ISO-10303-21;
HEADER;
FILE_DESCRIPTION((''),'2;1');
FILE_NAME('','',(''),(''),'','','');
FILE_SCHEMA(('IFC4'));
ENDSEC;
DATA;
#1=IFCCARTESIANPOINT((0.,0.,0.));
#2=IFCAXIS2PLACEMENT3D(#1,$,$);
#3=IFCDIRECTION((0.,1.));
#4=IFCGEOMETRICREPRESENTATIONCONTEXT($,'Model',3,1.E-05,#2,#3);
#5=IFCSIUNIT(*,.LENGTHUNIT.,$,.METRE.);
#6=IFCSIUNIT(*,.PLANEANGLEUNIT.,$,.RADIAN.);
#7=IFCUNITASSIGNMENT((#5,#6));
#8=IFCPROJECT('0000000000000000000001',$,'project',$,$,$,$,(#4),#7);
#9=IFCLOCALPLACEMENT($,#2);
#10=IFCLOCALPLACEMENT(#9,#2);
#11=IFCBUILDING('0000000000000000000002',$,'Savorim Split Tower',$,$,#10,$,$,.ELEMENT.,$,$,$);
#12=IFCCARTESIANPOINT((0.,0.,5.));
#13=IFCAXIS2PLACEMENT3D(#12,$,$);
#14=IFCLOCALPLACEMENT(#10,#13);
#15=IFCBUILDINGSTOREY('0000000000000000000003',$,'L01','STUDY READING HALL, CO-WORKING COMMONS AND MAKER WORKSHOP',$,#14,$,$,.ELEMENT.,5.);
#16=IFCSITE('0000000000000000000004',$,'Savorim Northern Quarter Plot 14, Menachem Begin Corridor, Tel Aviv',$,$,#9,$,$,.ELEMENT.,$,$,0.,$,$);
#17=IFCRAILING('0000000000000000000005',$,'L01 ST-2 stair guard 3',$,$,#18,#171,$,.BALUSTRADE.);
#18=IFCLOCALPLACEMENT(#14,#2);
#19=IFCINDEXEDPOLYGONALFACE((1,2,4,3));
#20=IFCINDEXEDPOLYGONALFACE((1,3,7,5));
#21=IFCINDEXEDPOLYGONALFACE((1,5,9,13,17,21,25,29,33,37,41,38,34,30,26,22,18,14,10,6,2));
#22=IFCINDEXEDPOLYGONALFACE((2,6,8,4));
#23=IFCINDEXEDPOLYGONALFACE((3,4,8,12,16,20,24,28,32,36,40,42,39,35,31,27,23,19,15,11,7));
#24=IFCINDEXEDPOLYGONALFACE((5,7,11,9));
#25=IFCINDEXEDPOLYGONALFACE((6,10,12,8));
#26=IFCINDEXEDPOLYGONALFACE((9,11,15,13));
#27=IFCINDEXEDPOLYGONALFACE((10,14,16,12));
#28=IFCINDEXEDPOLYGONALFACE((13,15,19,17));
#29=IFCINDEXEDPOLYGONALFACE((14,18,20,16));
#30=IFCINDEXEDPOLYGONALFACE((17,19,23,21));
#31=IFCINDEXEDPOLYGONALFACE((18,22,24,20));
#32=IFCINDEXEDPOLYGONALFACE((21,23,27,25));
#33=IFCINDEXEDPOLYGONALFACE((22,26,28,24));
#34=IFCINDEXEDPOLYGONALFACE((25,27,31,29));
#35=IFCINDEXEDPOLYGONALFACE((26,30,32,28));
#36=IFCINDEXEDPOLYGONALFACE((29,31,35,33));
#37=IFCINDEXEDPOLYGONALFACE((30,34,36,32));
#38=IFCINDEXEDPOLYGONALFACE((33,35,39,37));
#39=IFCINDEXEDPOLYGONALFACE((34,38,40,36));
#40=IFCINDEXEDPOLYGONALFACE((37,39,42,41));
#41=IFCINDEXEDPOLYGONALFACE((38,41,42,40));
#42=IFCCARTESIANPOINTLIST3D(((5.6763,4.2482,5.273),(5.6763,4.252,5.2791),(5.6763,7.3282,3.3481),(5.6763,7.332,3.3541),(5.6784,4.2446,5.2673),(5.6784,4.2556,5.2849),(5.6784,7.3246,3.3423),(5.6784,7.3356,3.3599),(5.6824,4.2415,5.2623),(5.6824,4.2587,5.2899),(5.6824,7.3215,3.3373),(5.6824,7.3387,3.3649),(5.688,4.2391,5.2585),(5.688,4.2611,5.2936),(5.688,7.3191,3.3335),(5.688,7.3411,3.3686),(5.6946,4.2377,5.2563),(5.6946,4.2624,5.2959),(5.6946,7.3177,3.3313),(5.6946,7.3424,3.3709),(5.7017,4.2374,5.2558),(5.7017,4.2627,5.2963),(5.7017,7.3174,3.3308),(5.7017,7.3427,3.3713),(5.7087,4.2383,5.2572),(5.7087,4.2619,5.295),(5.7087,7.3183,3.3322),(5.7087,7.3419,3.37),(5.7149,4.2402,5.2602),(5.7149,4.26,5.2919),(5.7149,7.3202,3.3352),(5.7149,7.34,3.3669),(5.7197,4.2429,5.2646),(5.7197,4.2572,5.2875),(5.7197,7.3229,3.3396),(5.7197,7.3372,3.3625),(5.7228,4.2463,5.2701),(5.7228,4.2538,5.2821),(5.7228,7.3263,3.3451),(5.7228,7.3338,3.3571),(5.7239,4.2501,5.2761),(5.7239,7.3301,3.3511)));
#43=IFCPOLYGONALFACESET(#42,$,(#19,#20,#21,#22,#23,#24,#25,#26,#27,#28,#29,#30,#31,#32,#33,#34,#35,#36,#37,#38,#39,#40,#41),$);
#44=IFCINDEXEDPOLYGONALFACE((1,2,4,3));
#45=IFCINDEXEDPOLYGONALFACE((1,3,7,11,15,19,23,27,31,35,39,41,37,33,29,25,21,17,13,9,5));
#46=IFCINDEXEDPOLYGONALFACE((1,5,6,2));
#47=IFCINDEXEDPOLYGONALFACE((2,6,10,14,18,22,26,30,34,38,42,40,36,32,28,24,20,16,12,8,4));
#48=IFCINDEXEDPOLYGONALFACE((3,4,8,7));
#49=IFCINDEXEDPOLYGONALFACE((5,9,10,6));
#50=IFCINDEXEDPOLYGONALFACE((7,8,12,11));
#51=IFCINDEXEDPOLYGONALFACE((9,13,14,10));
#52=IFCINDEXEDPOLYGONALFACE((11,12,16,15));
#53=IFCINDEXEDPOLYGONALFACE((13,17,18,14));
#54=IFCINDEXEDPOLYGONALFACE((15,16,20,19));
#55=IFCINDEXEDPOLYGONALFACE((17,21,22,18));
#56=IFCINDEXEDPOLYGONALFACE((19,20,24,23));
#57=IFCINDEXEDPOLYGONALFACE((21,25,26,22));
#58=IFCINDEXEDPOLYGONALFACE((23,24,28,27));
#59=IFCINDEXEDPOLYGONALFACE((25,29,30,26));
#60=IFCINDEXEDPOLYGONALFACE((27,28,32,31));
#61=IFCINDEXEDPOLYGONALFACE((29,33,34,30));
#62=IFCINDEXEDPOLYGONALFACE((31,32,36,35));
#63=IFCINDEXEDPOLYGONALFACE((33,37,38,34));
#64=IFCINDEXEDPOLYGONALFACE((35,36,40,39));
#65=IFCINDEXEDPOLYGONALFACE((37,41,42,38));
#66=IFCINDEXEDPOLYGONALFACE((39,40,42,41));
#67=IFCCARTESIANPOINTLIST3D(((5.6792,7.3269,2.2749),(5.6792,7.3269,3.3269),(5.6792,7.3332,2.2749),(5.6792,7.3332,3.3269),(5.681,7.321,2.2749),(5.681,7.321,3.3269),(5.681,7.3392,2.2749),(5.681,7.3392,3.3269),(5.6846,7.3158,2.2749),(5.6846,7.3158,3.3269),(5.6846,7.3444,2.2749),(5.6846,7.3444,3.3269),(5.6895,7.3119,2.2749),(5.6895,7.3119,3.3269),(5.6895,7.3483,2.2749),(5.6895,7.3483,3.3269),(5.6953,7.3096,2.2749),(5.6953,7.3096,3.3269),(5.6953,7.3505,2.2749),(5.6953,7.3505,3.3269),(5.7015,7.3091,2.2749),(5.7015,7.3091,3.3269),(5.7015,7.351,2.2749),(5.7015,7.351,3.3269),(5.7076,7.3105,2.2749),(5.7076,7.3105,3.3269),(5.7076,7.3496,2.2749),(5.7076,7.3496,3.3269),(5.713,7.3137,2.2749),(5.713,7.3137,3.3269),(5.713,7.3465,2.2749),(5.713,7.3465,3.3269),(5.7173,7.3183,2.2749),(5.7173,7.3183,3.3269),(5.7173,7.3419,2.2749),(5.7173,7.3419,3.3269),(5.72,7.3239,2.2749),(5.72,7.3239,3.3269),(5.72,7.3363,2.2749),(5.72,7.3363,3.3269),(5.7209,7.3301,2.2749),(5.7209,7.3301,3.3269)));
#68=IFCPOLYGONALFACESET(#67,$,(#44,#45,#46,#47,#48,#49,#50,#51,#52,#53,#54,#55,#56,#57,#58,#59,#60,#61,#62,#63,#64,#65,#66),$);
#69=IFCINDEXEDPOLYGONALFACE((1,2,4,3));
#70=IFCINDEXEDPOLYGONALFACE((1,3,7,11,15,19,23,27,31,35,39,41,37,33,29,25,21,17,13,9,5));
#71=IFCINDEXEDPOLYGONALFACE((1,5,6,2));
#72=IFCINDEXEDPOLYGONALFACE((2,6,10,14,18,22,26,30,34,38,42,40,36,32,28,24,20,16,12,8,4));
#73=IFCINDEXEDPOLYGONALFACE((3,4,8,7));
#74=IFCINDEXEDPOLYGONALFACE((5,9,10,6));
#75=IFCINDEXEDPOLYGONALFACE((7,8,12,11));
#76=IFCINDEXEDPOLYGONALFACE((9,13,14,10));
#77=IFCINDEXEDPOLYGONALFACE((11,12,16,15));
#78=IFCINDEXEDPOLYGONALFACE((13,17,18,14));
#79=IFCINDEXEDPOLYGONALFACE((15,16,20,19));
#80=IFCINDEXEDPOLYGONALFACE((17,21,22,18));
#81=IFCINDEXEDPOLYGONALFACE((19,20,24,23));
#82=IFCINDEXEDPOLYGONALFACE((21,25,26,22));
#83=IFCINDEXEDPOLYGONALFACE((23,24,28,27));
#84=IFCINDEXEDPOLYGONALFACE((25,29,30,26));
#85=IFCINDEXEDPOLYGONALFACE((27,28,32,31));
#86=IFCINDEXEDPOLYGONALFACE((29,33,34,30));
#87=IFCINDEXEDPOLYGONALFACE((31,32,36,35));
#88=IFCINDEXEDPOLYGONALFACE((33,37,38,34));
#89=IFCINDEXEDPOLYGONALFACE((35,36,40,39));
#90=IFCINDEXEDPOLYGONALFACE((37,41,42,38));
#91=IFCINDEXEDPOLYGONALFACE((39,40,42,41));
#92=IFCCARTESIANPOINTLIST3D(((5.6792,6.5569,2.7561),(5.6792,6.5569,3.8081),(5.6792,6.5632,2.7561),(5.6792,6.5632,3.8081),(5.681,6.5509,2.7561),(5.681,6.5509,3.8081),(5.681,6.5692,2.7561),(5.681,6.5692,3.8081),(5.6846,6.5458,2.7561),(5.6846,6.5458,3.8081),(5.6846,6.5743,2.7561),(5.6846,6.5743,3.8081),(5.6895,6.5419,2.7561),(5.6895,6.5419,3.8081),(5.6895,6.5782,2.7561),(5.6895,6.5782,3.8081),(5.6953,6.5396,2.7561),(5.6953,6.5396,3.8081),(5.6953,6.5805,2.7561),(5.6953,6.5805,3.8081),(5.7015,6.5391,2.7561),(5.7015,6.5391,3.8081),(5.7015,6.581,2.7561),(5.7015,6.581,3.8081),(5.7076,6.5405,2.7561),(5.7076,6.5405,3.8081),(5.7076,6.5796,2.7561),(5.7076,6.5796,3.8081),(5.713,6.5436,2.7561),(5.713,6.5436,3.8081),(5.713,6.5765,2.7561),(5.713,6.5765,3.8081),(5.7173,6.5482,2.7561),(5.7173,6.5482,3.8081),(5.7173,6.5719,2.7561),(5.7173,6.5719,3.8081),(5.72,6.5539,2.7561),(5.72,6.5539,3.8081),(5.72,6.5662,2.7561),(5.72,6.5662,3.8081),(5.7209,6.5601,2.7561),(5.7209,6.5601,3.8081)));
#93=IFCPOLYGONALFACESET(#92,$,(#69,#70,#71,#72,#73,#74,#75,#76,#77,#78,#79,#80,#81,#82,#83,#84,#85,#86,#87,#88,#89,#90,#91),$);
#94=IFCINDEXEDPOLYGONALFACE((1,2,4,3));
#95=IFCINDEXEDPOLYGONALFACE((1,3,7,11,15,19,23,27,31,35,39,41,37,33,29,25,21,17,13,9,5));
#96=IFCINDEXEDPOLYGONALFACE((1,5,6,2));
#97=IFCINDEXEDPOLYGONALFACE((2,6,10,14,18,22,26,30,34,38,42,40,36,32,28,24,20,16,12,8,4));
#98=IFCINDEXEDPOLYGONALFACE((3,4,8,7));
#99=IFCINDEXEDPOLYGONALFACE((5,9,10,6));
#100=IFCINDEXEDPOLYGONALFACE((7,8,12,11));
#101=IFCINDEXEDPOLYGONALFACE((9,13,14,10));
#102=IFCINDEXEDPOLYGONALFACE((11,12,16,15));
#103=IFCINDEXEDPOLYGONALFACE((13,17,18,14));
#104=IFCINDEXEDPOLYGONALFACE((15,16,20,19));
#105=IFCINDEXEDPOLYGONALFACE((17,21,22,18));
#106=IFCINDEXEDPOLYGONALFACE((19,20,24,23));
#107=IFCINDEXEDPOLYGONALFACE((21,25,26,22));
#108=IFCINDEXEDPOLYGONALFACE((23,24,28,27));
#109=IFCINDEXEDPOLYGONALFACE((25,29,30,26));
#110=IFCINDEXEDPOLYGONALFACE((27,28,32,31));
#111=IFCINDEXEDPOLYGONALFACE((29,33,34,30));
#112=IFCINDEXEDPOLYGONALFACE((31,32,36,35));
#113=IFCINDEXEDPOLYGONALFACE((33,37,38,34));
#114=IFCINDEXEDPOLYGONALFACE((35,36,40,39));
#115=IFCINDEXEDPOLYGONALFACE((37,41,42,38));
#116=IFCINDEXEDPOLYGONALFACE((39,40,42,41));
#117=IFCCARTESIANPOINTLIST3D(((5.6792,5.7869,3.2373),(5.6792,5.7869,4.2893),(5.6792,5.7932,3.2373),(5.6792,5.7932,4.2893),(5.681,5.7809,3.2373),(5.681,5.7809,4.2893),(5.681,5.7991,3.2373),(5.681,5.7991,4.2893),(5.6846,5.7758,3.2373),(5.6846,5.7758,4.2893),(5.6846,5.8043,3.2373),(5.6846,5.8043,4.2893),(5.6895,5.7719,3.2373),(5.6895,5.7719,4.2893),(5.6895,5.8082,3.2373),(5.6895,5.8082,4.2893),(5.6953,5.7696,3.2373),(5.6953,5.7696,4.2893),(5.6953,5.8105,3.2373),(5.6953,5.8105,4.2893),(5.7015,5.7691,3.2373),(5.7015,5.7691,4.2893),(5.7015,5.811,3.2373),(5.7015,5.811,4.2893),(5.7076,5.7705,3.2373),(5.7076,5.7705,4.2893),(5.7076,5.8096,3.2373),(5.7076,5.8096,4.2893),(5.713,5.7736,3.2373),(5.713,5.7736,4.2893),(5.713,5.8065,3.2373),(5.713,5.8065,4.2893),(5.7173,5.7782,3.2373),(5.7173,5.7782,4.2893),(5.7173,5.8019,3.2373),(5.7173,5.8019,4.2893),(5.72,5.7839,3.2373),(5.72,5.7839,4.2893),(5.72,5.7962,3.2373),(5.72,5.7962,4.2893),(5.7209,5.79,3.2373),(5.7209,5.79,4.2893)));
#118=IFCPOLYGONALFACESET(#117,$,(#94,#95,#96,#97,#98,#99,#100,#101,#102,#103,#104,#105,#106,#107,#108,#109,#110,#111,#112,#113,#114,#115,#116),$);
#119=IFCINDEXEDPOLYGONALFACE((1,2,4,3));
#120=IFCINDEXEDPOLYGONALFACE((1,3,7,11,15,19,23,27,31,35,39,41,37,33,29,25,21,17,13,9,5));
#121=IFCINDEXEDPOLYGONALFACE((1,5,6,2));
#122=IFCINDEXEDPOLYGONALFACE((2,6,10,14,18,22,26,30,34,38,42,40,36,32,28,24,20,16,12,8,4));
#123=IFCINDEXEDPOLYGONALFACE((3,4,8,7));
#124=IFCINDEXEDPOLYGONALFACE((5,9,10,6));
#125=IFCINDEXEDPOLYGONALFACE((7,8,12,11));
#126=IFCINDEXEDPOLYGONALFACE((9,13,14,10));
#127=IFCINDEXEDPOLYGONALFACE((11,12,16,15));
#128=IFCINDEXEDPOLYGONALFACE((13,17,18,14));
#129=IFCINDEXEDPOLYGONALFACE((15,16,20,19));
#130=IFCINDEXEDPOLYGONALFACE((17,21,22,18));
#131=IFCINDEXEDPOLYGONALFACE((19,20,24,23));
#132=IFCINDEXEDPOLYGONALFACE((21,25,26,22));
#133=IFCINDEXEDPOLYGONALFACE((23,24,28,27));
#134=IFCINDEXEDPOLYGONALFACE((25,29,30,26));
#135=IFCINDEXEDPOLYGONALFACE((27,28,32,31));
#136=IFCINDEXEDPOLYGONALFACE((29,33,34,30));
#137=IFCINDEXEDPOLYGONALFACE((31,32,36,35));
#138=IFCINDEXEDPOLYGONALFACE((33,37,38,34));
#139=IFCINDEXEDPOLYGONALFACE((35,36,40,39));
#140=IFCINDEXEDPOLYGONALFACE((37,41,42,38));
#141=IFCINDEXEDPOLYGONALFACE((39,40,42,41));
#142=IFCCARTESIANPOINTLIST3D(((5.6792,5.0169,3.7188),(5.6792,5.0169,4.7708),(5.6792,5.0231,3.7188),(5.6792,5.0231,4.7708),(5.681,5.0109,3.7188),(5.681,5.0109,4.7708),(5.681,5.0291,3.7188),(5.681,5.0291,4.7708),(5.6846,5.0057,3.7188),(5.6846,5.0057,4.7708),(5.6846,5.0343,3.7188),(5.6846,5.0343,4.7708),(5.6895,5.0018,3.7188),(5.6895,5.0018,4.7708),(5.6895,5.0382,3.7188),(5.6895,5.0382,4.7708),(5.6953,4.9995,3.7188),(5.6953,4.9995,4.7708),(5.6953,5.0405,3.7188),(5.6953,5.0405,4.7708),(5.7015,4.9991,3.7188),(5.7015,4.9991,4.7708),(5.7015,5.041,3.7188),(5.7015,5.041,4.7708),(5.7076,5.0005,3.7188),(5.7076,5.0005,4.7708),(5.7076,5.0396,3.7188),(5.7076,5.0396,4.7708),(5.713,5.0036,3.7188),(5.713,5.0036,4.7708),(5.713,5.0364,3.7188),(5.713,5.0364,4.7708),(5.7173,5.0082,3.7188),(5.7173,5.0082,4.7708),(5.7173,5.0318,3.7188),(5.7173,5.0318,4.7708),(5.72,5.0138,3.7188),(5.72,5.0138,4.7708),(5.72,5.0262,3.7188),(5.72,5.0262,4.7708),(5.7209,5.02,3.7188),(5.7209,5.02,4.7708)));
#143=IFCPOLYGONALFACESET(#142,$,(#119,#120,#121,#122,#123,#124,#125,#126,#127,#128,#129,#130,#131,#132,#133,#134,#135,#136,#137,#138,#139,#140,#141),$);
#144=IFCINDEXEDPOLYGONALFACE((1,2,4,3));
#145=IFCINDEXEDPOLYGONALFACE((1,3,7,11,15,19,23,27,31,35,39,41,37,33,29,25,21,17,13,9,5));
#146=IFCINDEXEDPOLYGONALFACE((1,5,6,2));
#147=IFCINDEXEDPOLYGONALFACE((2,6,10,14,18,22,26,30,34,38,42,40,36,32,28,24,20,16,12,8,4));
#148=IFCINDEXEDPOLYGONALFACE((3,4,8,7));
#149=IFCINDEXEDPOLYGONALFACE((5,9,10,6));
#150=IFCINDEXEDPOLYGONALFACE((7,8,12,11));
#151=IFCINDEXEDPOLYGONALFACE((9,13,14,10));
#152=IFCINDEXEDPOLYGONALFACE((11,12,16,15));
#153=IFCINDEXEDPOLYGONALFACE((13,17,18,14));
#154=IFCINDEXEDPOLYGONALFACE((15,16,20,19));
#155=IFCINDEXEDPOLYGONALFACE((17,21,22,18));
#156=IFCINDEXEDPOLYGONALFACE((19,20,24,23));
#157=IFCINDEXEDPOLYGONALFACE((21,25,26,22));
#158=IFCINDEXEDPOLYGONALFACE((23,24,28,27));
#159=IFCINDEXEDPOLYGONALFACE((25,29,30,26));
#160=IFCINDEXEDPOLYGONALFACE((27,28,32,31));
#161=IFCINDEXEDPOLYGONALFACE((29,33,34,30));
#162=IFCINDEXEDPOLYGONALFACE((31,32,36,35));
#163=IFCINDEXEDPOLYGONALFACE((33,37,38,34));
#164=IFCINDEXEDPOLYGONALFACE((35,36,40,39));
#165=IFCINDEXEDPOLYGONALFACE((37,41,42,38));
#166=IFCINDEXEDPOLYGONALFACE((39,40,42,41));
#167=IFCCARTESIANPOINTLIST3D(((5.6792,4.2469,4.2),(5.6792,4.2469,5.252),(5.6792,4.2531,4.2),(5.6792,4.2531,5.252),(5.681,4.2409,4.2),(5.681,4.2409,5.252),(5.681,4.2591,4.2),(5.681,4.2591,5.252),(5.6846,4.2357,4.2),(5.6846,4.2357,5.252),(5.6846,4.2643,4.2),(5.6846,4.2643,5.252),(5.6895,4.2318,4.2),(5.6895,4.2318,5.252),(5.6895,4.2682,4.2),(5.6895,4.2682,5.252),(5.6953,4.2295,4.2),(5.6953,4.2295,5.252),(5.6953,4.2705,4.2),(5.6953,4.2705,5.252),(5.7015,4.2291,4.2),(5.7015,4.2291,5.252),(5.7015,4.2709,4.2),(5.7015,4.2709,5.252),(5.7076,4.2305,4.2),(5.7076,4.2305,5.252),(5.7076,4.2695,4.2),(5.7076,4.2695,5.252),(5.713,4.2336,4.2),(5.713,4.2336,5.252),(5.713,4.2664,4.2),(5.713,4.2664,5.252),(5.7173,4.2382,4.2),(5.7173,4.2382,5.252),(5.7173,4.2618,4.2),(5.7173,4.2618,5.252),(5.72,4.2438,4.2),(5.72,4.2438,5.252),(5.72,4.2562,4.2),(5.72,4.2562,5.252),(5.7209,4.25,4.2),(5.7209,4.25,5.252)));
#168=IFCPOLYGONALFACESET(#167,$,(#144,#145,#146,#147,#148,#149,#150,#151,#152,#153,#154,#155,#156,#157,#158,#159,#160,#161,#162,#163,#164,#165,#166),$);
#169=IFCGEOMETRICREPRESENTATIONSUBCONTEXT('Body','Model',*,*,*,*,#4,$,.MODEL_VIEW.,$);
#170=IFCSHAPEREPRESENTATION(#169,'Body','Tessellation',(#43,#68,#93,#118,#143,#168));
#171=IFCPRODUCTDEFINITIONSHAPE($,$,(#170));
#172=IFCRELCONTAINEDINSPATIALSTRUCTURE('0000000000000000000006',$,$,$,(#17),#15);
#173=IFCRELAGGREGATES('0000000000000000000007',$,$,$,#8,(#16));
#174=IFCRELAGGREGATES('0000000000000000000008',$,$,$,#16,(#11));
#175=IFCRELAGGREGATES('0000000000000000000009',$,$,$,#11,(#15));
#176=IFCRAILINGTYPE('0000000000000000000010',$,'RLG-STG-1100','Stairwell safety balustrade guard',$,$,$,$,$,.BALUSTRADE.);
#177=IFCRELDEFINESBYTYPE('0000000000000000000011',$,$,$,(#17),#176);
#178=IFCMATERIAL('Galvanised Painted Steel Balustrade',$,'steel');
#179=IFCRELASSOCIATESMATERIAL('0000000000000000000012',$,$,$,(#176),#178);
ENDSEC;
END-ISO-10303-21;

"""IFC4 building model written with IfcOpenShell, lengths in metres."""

from ifc_helpers import new_model, si_unit, direction, frame, origin, origin_2d, place, context, subcontext, project, spatial, circle, extrude, material, type_object, element, save


model = new_model("IFC4")

# Units and contexts
model_context = context("Model", 3, precision=1e-05, world=origin(), true_north=direction((0.0, 1.0)))
body_context = subcontext(model_context, "Body", "Model", "MODEL_VIEW")
ifc_project = project(units=[si_unit("LENGTHUNIT", "METRE"), si_unit("PLANEANGLEUNIT", "RADIAN")], contexts=[model_context])

# Site, building, storey
site_placement = place(None, origin())
site = spatial("IfcSite", under=ifc_project, at=site_placement, Name="Savorim Northern Quarter Plot 14, Menachem Begin Corridor, Tel Aviv", CompositionType="ELEMENT", RefElevation=0.0)
building_placement = place(site_placement, origin())
building = spatial("IfcBuilding", under=site, at=building_placement, Name="Savorim Split Tower", CompositionType="ELEMENT")
storey_placement = place(building_placement, frame((0.0, 0.0, 5.0)))
storey = spatial("IfcBuildingStorey", under=building, at=storey_placement, Name="L01", Description="STUDY READING HALL, CO-WORKING COMMONS AND MAKER WORKSHOP", CompositionType="ELEMENT", Elevation=5.0)

# Railing
ifc_material_1 = material(Name="Galvanised Painted Steel Balustrade", Category="steel")
railing_type_1 = type_object("IfcRailingType", Name="RLG-STG-1100", Description="Stairwell safety balustrade guard", PredefinedType="BALUSTRADE", material=ifc_material_1)
railing_1_placement = place(storey_placement, frame((5.7, 7.3301, 2.2749)))
element("IfcRailing", 1, at=railing_1_placement, inside=storey, type_object=railing_type_1, Name="L01 ST-2 stair guard 3", PredefinedType="BALUSTRADE", context=body_context, shape_type="SweptSolid", body=[
    extrude(circle(Radius=0.0239, at=origin_2d()), frame((0.0, 0.0, 1.0762), z_axis=(0.0, -0.847998, 0.529999), x_axis=(1.0, 0.0, 0.0)), (0.0, 0.0, 1.0), 3.6321),
    extrude(circle(Radius=0.021, at=origin_2d()), origin(), (0.0, 0.0, 1.0), 1.052),
    extrude(circle(Radius=0.021, at=origin_2d()), frame((0.0, -0.77, 0.4812)), (0.0, 0.0, 1.0), 1.052),
    extrude(circle(Radius=0.021, at=origin_2d()), frame((0.0, -1.54, 0.9624)), (0.0, 0.0, 1.0), 1.052),
    extrude(circle(Radius=0.021, at=origin_2d()), frame((0.0, -2.3101, 1.4438)), (0.0, 0.0, 1.0), 1.052),
    extrude(circle(Radius=0.021, at=origin_2d()), frame((0.0, -3.0801, 1.925)), (0.0, 0.0, 1.0), 1.052),
])

save(model, "model.ifc")
